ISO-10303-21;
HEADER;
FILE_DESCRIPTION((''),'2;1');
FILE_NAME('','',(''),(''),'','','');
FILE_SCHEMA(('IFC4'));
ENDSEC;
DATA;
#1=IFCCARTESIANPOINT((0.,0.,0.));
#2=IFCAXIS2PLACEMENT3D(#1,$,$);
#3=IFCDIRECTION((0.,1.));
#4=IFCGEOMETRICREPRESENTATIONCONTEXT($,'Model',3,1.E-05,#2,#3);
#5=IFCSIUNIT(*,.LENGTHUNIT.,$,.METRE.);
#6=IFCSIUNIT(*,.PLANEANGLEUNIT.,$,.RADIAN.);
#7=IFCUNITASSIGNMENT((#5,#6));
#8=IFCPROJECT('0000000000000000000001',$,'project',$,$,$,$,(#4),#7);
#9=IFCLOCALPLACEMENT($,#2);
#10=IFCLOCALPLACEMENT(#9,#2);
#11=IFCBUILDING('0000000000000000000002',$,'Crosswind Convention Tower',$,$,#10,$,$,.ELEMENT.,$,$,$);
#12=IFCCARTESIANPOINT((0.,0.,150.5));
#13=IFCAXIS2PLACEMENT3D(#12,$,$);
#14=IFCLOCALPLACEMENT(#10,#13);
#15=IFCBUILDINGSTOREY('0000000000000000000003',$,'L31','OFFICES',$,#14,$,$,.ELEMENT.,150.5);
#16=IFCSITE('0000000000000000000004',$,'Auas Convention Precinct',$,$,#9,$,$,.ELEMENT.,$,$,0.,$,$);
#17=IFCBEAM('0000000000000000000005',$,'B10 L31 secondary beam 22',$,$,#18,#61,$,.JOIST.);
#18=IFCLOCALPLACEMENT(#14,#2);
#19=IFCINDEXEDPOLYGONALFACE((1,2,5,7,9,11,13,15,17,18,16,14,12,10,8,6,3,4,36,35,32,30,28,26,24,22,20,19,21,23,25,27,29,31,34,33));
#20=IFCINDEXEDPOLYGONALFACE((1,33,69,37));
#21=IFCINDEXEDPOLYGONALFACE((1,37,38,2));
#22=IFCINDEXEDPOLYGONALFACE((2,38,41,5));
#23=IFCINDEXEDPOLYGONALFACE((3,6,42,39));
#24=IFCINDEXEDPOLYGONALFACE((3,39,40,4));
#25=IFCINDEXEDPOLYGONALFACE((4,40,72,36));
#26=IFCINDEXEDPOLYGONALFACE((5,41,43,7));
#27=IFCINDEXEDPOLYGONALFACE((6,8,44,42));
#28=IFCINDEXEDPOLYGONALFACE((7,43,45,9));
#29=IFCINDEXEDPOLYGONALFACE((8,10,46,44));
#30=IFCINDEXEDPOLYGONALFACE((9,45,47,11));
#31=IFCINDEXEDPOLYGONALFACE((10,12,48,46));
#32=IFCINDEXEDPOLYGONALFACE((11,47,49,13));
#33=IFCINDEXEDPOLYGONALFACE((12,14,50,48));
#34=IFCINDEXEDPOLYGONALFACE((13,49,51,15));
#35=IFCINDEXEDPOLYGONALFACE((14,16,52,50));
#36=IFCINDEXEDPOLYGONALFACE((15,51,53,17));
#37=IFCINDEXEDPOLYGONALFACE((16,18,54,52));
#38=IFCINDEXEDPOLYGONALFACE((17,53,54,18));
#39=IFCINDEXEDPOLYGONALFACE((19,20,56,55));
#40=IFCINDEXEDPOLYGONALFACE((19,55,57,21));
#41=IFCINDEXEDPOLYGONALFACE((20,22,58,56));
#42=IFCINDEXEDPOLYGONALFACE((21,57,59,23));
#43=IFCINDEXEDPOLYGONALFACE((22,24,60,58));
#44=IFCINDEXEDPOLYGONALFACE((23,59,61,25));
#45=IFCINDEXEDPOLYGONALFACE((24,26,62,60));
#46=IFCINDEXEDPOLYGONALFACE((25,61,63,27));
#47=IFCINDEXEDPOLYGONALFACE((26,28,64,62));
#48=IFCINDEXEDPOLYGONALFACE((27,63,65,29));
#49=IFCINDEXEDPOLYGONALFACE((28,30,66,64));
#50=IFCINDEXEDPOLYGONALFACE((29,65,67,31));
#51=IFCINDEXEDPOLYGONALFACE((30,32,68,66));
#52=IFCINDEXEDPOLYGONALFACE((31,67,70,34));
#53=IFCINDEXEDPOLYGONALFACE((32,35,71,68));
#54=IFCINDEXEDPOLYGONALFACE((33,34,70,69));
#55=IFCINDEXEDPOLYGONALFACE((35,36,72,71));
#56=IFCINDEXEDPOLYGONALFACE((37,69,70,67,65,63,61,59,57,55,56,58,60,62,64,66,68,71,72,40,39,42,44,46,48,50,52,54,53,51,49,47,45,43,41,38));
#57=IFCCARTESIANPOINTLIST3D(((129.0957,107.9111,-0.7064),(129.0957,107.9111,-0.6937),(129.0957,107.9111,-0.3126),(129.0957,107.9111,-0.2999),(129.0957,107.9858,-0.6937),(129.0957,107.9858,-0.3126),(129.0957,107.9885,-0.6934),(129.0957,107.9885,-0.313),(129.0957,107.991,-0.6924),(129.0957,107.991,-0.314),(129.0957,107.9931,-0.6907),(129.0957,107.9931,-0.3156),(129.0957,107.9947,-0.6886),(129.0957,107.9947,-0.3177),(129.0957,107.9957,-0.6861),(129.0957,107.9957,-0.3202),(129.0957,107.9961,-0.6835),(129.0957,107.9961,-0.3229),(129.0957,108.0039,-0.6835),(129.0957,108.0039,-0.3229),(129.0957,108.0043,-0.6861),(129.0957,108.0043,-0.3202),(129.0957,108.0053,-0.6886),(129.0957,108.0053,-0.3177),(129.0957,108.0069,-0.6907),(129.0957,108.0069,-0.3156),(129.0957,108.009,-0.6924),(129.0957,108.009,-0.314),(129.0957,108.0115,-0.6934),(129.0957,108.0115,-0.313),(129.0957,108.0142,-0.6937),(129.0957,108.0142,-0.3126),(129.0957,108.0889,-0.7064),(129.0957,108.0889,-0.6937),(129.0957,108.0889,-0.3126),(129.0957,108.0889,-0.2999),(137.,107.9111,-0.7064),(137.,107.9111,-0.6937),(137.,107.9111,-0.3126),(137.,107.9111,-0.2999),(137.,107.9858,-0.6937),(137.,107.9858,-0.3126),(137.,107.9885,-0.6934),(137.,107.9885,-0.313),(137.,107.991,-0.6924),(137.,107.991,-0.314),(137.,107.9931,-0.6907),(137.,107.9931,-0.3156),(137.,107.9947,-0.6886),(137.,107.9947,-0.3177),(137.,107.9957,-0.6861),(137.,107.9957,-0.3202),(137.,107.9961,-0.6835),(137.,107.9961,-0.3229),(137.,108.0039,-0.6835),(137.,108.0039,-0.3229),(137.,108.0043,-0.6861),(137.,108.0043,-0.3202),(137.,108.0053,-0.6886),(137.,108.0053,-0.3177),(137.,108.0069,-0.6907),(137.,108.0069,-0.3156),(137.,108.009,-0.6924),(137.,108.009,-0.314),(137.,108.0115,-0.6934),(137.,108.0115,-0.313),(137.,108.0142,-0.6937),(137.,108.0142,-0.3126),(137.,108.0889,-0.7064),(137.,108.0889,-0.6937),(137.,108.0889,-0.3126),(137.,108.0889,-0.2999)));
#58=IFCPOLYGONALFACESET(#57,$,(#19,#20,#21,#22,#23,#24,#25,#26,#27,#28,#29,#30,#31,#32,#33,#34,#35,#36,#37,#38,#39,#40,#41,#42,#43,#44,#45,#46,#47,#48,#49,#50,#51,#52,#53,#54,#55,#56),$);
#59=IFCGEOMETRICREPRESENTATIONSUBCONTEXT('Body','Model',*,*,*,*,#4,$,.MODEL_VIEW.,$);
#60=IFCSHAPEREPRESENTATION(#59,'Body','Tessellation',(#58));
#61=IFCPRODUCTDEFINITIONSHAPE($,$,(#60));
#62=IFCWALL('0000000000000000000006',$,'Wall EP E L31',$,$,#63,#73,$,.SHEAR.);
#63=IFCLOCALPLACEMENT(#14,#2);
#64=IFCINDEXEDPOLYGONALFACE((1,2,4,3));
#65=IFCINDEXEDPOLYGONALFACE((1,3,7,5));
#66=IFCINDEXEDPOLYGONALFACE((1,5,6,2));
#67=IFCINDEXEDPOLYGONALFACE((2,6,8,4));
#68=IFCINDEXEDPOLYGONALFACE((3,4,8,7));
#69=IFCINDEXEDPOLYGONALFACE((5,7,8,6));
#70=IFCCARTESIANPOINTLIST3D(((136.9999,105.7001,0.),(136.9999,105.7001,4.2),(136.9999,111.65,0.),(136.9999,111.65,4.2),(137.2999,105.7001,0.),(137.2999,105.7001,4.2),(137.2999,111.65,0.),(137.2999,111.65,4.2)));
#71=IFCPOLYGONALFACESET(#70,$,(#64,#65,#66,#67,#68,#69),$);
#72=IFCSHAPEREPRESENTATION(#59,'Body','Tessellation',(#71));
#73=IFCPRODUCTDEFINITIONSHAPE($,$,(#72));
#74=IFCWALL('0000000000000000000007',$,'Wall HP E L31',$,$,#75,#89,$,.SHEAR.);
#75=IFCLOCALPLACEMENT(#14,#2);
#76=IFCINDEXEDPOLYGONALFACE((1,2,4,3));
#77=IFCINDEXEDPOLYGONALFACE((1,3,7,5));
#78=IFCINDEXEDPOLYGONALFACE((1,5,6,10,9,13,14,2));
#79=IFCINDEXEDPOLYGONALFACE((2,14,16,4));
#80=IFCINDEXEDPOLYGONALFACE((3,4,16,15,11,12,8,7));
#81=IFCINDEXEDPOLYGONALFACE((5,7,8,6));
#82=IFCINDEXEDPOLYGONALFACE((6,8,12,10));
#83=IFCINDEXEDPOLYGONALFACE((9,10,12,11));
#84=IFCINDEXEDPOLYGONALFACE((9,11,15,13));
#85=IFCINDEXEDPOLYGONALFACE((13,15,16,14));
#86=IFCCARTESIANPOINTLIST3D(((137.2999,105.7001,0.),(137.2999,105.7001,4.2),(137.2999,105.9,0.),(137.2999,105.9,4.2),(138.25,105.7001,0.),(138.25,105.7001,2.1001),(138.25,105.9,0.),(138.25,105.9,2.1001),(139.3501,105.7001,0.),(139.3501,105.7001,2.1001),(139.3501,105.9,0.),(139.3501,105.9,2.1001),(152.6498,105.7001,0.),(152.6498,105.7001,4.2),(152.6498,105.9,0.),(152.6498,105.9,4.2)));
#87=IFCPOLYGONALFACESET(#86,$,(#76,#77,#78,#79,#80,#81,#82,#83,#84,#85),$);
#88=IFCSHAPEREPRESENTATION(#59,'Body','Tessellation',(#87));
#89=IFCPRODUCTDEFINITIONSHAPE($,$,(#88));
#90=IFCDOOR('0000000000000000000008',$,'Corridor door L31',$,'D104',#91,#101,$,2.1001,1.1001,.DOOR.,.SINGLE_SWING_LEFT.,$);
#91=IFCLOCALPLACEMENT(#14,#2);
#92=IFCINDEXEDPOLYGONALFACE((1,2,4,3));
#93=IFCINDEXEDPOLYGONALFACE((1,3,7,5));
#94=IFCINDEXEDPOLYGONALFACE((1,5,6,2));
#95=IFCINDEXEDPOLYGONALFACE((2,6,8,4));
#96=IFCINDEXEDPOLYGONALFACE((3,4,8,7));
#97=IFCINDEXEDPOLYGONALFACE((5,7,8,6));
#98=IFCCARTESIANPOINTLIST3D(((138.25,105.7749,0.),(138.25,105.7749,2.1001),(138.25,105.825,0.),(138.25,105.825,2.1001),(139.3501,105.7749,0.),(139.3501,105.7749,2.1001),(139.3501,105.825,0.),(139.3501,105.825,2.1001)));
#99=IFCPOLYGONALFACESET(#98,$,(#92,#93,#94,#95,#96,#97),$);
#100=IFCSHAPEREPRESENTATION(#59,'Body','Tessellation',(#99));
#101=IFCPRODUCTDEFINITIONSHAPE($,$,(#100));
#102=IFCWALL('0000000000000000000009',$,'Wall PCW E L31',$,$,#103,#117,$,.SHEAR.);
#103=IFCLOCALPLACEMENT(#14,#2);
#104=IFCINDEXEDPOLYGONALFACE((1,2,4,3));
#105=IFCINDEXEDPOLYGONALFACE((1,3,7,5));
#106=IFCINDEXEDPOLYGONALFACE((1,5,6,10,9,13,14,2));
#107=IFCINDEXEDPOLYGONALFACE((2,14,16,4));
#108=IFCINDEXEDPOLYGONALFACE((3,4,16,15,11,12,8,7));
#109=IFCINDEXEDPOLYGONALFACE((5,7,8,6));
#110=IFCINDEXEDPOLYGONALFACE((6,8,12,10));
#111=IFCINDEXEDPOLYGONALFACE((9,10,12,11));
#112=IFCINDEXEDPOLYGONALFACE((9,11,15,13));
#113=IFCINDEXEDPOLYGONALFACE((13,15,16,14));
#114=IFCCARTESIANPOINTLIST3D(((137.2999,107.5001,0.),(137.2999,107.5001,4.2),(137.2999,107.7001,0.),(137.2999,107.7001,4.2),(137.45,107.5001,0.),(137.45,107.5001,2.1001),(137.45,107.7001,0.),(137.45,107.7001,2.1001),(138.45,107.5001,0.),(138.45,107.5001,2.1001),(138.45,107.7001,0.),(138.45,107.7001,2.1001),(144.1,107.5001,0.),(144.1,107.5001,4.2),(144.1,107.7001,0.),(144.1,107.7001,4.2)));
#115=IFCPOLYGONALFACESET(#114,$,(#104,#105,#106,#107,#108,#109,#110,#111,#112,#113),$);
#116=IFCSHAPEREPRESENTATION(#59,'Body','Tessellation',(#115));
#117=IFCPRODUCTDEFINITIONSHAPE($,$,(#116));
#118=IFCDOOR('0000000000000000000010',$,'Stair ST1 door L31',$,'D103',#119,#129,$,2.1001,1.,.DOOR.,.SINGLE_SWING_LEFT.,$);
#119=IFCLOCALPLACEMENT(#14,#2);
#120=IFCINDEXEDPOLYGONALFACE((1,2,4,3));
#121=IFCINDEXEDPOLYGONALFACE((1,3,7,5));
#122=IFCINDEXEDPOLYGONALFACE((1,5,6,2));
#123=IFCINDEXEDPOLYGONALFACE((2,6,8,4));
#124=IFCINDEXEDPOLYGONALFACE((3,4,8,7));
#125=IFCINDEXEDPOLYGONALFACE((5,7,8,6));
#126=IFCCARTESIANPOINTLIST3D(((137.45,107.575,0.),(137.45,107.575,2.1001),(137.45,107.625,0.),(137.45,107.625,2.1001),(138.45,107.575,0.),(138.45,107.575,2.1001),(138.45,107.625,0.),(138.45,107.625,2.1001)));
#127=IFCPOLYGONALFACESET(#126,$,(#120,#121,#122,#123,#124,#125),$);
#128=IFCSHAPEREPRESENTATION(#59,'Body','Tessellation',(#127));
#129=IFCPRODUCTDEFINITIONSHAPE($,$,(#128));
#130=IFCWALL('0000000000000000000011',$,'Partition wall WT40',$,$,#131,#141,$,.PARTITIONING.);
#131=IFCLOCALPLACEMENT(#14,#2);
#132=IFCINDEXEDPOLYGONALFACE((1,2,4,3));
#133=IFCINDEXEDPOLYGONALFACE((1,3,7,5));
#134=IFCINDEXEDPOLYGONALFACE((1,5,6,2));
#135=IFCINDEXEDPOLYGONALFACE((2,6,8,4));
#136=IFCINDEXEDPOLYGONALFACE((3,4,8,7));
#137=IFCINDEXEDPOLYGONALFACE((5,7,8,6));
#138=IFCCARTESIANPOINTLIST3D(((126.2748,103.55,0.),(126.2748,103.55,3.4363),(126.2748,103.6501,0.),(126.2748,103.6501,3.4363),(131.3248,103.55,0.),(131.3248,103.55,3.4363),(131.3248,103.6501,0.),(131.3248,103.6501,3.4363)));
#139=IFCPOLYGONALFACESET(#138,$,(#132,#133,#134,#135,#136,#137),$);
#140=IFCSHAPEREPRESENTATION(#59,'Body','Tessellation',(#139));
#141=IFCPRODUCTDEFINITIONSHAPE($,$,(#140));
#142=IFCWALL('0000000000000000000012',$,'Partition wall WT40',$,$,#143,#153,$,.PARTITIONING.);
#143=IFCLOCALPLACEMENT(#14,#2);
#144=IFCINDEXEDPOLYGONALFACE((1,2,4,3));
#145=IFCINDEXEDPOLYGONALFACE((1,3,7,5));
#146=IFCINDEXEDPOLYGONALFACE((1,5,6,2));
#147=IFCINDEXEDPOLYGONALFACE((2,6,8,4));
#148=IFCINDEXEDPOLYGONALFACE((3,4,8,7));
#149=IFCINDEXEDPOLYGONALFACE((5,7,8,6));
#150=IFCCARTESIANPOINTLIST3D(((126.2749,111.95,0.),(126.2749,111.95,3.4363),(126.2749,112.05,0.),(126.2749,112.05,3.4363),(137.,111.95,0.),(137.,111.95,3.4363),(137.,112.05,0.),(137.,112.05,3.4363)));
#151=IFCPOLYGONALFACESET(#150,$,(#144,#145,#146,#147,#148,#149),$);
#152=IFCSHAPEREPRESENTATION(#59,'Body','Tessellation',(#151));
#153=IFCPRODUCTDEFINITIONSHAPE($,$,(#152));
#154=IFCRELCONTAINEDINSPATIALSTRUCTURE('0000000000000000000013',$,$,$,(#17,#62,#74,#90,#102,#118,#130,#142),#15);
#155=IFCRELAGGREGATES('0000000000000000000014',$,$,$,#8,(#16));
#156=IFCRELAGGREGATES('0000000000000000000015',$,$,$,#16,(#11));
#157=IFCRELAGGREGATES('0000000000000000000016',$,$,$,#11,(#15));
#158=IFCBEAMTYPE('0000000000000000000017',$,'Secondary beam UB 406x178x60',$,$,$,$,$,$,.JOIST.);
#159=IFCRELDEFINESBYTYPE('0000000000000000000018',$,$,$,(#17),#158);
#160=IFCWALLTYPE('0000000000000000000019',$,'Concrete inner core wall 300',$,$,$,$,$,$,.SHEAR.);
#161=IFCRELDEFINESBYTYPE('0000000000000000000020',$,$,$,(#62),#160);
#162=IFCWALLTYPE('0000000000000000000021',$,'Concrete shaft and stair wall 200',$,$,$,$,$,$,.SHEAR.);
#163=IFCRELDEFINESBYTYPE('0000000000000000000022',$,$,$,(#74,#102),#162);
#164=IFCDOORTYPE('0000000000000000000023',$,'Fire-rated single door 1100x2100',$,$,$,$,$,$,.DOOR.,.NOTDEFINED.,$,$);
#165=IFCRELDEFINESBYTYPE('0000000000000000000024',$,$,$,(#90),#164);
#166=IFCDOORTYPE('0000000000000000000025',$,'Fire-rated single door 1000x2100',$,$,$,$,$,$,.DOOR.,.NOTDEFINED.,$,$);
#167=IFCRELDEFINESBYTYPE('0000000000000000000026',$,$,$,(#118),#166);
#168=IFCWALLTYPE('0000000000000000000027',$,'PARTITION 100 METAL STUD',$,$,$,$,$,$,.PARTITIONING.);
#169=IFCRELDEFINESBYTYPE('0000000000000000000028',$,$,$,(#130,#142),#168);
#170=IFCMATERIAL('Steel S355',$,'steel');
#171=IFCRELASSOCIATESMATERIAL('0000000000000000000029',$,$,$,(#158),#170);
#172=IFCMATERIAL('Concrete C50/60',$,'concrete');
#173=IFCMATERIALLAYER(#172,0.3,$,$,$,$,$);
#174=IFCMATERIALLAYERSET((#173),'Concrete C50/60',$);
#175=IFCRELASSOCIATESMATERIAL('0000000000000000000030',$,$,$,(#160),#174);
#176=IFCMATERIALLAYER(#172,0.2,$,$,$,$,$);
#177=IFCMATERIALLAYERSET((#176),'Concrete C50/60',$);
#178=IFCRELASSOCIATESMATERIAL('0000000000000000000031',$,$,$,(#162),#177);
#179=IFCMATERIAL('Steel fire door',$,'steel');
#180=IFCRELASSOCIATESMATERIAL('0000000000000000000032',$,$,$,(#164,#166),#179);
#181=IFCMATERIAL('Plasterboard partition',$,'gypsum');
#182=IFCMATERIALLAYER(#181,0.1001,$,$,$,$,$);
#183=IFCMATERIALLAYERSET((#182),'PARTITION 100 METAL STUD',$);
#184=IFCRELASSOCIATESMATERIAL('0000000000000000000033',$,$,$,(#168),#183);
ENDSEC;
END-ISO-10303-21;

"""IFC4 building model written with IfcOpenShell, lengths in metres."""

from ifc_helpers import new_model, si_unit, direction, frame, frame_2d, origin, origin_2d, place, context, subcontext, project, spatial, rectangle, i_section, extrude, material, layer, layer_set, material_profile, profile_set, type_object, element, fill, save


model = new_model("IFC4")

# Units and contexts
model_context = context("Model", 3, precision=1e-05, world=origin(), true_north=direction((0.0, 1.0)))
body_context = subcontext(model_context, "Body", "Model", "MODEL_VIEW")
ifc_project = project(units=[si_unit("LENGTHUNIT", "METRE"), si_unit("PLANEANGLEUNIT", "RADIAN")], contexts=[model_context])

# Site, building, storey
site_placement = place(None, origin())
site = spatial("IfcSite", under=ifc_project, at=site_placement, Name="Auas Convention Precinct", CompositionType="ELEMENT", RefElevation=0.0)
building_placement = place(site_placement, origin())
building = spatial("IfcBuilding", under=site, at=building_placement, Name="Crosswind Convention Tower", CompositionType="ELEMENT")
storey_placement = place(building_placement, frame((0.0, 0.0, 150.5)))
storey = spatial("IfcBuildingStorey", under=building, at=storey_placement, Name="L31", Description="OFFICES", CompositionType="ELEMENT", Elevation=150.5)

# Beam
ifc_material_1 = material(Name="Steel S355", Category="steel")
ifc_material_profile_1 = material_profile(ifc_material_1, i_section(OverallWidth=0.1777, OverallDepth=0.4065, WebThickness=0.0078, FlangeThickness=0.0127, FilletRadius=0.0103, at=origin_2d()), Name="UB 406x178x60")
ifc_profile_set_1 = profile_set([ifc_material_profile_1], Name="Steel S355")
beam_type_1 = type_object("IfcBeamType", Name="Secondary beam UB 406x178x60", PredefinedType="JOIST", material=ifc_profile_set_1)
for number, where, z_axis, x_axis, name in (
    (1, (129.0957, 108.0, -0.5032), (1.0, 0.0, 0.0), (0.0, 1.0, 0.0), "B10 L31 secondary beam 22"),
):
    element("IfcBeam", number, at=place(storey_placement, frame(where, z_axis=z_axis, x_axis=x_axis)), inside=storey, type_object=beam_type_1, Name=name, PredefinedType="JOIST", context=body_context, shape_type="SweptSolid", body=[
        extrude(i_section(OverallWidth=0.1777, OverallDepth=0.4065, WebThickness=0.0078, FlangeThickness=0.0127, FilletRadius=0.0103, at=origin_2d()), origin(), (0.0, 0.0, 1.0), 7.9043),
    ])

# Wall
ifc_material_2 = material(Name="Concrete C50/60", Category="concrete")
ifc_layer_1 = layer(ifc_material_2, 0.3)
ifc_layer_set_1 = layer_set([ifc_layer_1], Name="Concrete C50/60")
wall_type_1 = type_object("IfcWallType", Name="Concrete inner core wall 300", PredefinedType="SHEAR", material=ifc_layer_set_1)
wall_1_placement = place(storey_placement, frame((137.1499, 105.7, 0.0), z_axis=(0.0, 0.0, 1.0), x_axis=(0.0, 1.0, 0.0)))
element("IfcWall", 2, at=wall_1_placement, inside=storey, type_object=wall_type_1, Name="Wall EP E L31", PredefinedType="SHEAR", context=body_context, shape_type="SweptSolid", body=[
    extrude(rectangle(XDim=5.95, YDim=0.3, at=frame_2d((2.9751, 0.0))), origin(), (0.0, 0.0, 1.0), 4.2),
])

# Walls, openings, doors
ifc_layer_2 = layer(ifc_material_2, 0.2)
ifc_layer_set_2 = layer_set([ifc_layer_2], Name="Concrete C50/60")
wall_type_2 = type_object("IfcWallType", Name="Concrete shaft and stair wall 200", PredefinedType="SHEAR", material=ifc_layer_set_2)
wall_2_placement = place(storey_placement, frame((137.3, 105.8, 0.0), z_axis=(0.0, 0.0, 1.0), x_axis=(1.0, 0.0, 0.0)))
wall_2 = element("IfcWall", 3, at=wall_2_placement, inside=storey, type_object=wall_type_2, Name="Wall HP E L31", PredefinedType="SHEAR", context=body_context, shape_type="SweptSolid", body=[
    extrude(rectangle(XDim=15.3499, YDim=0.2, at=frame_2d((7.6748, 0.0))), origin(), (0.0, 0.0, 1.0), 4.2),
])
opening_1_placement = place(wall_2_placement, frame((0.95, 0.0, 0.0)))
opening_1 = element("IfcOpeningElement", 4, at=opening_1_placement, cuts=wall_2, PredefinedType="OPENING", context=body_context, shape_type="SweptSolid", body=[
    extrude(rectangle(XDim=1.1001, YDim=2.1001, at=frame_2d((0.55, 1.05))), frame((0.0, 0.1099, 0.0), z_axis=(0.0, -1.0, 0.0), x_axis=(1.0, 0.0, 0.0)), (0.0, 0.0, 1.0), 0.22),
])
ifc_material_3 = material(Name="Steel fire door", Category="steel")
door_type_1 = type_object("IfcDoorType", Name="Fire-rated single door 1100x2100", OperationType="NOTDEFINED", PredefinedType="DOOR", material=ifc_material_3)
door_1_placement = place(opening_1_placement, origin())
door_1 = element("IfcDoor", 5, at=door_1_placement, inside=storey, type_object=door_type_1, Name="Corridor door L31", ObjectType="D104", OperationType="SINGLE_SWING_LEFT", OverallHeight=2.1001, OverallWidth=1.1001, PredefinedType="DOOR", context=body_context, shape_type="SweptSolid", body=[
    extrude(rectangle(XDim=1.1001, YDim=2.1001, at=frame_2d((0.55, 1.05))), frame((0.0, 0.0249, 0.0), z_axis=(0.0, -1.0, 0.0), x_axis=(1.0, 0.0, 0.0)), (0.0, 0.0, 1.0), 0.05),
])
fill(opening_1, door_1)
wall_3_placement = place(storey_placement, frame((137.3, 107.6001, 0.0), z_axis=(0.0, 0.0, 1.0), x_axis=(1.0, 0.0, 0.0)))
wall_3 = element("IfcWall", 6, at=wall_3_placement, inside=storey, type_object=wall_type_2, Name="Wall PCW E L31", PredefinedType="SHEAR", context=body_context, shape_type="SweptSolid", body=[
    extrude(rectangle(XDim=6.8, YDim=0.2, at=frame_2d((3.3999, 0.0))), origin(), (0.0, 0.0, 1.0), 4.2),
])
opening_2_placement = place(wall_3_placement, frame((0.1499, 0.0, 0.0)))
opening_2 = element("IfcOpeningElement", 7, at=opening_2_placement, cuts=wall_3, PredefinedType="OPENING", context=body_context, shape_type="SweptSolid", body=[
    extrude(rectangle(XDim=1.0, YDim=2.1001, at=frame_2d((0.5, 1.05))), frame((0.0, 0.1099, 0.0), z_axis=(0.0, -1.0, 0.0), x_axis=(1.0, 0.0, 0.0)), (0.0, 0.0, 1.0), 0.22),
])
door_type_2 = type_object("IfcDoorType", Name="Fire-rated single door 1000x2100", OperationType="NOTDEFINED", PredefinedType="DOOR", material=ifc_material_3)
door_2_placement = place(opening_2_placement, origin())
door_2 = element("IfcDoor", 8, at=door_2_placement, inside=storey, type_object=door_type_2, Name="Stair ST1 door L31", ObjectType="D103", OperationType="SINGLE_SWING_LEFT", OverallHeight=2.1001, OverallWidth=1.0, PredefinedType="DOOR", context=body_context, shape_type="SweptSolid", body=[
    extrude(rectangle(XDim=1.0, YDim=2.1001, at=frame_2d((0.5, 1.05))), frame((0.0, 0.0249, 0.0), z_axis=(0.0, -1.0, 0.0), x_axis=(1.0, 0.0, 0.0)), (0.0, 0.0, 1.0), 0.05),
])
fill(opening_2, door_2)

# Walls
ifc_material_4 = material(Name="Plasterboard partition", Category="gypsum")
ifc_layer_3 = layer(ifc_material_4, 0.1001)
ifc_layer_set_3 = layer_set([ifc_layer_3], Name="PARTITION 100 METAL STUD")
wall_type_3 = type_object("IfcWallType", Name="PARTITION 100 METAL STUD", PredefinedType="PARTITIONING", material=ifc_layer_set_3)
wall_4_placement = place(storey_placement, frame((126.2749, 103.6001, 0.0), z_axis=(0.0, 0.0, 1.0), x_axis=(1.0, 0.0, 0.0)))
element("IfcWall", 9, at=wall_4_placement, inside=storey, type_object=wall_type_3, Name="Partition wall WT40", PredefinedType="PARTITIONING", context=body_context, shape_type="SweptSolid", body=[
    extrude(rectangle(XDim=5.05, YDim=0.1001, at=frame_2d((2.5249, 0.0))), origin(), (0.0, 0.0, 1.0), 3.4363),
])
wall_5_placement = place(storey_placement, frame((126.2749, 112.0, 0.0), z_axis=(0.0, 0.0, 1.0), x_axis=(1.0, 0.0, 0.0)))
element("IfcWall", 10, at=wall_5_placement, inside=storey, type_object=wall_type_3, Name="Partition wall WT40", PredefinedType="PARTITIONING", context=body_context, shape_type="SweptSolid", body=[
    extrude(rectangle(XDim=10.7251, YDim=0.1001, at=frame_2d((5.3625, 0.0))), origin(), (0.0, 0.0, 1.0), 3.4363),
])

save(model, "model.ifc")
